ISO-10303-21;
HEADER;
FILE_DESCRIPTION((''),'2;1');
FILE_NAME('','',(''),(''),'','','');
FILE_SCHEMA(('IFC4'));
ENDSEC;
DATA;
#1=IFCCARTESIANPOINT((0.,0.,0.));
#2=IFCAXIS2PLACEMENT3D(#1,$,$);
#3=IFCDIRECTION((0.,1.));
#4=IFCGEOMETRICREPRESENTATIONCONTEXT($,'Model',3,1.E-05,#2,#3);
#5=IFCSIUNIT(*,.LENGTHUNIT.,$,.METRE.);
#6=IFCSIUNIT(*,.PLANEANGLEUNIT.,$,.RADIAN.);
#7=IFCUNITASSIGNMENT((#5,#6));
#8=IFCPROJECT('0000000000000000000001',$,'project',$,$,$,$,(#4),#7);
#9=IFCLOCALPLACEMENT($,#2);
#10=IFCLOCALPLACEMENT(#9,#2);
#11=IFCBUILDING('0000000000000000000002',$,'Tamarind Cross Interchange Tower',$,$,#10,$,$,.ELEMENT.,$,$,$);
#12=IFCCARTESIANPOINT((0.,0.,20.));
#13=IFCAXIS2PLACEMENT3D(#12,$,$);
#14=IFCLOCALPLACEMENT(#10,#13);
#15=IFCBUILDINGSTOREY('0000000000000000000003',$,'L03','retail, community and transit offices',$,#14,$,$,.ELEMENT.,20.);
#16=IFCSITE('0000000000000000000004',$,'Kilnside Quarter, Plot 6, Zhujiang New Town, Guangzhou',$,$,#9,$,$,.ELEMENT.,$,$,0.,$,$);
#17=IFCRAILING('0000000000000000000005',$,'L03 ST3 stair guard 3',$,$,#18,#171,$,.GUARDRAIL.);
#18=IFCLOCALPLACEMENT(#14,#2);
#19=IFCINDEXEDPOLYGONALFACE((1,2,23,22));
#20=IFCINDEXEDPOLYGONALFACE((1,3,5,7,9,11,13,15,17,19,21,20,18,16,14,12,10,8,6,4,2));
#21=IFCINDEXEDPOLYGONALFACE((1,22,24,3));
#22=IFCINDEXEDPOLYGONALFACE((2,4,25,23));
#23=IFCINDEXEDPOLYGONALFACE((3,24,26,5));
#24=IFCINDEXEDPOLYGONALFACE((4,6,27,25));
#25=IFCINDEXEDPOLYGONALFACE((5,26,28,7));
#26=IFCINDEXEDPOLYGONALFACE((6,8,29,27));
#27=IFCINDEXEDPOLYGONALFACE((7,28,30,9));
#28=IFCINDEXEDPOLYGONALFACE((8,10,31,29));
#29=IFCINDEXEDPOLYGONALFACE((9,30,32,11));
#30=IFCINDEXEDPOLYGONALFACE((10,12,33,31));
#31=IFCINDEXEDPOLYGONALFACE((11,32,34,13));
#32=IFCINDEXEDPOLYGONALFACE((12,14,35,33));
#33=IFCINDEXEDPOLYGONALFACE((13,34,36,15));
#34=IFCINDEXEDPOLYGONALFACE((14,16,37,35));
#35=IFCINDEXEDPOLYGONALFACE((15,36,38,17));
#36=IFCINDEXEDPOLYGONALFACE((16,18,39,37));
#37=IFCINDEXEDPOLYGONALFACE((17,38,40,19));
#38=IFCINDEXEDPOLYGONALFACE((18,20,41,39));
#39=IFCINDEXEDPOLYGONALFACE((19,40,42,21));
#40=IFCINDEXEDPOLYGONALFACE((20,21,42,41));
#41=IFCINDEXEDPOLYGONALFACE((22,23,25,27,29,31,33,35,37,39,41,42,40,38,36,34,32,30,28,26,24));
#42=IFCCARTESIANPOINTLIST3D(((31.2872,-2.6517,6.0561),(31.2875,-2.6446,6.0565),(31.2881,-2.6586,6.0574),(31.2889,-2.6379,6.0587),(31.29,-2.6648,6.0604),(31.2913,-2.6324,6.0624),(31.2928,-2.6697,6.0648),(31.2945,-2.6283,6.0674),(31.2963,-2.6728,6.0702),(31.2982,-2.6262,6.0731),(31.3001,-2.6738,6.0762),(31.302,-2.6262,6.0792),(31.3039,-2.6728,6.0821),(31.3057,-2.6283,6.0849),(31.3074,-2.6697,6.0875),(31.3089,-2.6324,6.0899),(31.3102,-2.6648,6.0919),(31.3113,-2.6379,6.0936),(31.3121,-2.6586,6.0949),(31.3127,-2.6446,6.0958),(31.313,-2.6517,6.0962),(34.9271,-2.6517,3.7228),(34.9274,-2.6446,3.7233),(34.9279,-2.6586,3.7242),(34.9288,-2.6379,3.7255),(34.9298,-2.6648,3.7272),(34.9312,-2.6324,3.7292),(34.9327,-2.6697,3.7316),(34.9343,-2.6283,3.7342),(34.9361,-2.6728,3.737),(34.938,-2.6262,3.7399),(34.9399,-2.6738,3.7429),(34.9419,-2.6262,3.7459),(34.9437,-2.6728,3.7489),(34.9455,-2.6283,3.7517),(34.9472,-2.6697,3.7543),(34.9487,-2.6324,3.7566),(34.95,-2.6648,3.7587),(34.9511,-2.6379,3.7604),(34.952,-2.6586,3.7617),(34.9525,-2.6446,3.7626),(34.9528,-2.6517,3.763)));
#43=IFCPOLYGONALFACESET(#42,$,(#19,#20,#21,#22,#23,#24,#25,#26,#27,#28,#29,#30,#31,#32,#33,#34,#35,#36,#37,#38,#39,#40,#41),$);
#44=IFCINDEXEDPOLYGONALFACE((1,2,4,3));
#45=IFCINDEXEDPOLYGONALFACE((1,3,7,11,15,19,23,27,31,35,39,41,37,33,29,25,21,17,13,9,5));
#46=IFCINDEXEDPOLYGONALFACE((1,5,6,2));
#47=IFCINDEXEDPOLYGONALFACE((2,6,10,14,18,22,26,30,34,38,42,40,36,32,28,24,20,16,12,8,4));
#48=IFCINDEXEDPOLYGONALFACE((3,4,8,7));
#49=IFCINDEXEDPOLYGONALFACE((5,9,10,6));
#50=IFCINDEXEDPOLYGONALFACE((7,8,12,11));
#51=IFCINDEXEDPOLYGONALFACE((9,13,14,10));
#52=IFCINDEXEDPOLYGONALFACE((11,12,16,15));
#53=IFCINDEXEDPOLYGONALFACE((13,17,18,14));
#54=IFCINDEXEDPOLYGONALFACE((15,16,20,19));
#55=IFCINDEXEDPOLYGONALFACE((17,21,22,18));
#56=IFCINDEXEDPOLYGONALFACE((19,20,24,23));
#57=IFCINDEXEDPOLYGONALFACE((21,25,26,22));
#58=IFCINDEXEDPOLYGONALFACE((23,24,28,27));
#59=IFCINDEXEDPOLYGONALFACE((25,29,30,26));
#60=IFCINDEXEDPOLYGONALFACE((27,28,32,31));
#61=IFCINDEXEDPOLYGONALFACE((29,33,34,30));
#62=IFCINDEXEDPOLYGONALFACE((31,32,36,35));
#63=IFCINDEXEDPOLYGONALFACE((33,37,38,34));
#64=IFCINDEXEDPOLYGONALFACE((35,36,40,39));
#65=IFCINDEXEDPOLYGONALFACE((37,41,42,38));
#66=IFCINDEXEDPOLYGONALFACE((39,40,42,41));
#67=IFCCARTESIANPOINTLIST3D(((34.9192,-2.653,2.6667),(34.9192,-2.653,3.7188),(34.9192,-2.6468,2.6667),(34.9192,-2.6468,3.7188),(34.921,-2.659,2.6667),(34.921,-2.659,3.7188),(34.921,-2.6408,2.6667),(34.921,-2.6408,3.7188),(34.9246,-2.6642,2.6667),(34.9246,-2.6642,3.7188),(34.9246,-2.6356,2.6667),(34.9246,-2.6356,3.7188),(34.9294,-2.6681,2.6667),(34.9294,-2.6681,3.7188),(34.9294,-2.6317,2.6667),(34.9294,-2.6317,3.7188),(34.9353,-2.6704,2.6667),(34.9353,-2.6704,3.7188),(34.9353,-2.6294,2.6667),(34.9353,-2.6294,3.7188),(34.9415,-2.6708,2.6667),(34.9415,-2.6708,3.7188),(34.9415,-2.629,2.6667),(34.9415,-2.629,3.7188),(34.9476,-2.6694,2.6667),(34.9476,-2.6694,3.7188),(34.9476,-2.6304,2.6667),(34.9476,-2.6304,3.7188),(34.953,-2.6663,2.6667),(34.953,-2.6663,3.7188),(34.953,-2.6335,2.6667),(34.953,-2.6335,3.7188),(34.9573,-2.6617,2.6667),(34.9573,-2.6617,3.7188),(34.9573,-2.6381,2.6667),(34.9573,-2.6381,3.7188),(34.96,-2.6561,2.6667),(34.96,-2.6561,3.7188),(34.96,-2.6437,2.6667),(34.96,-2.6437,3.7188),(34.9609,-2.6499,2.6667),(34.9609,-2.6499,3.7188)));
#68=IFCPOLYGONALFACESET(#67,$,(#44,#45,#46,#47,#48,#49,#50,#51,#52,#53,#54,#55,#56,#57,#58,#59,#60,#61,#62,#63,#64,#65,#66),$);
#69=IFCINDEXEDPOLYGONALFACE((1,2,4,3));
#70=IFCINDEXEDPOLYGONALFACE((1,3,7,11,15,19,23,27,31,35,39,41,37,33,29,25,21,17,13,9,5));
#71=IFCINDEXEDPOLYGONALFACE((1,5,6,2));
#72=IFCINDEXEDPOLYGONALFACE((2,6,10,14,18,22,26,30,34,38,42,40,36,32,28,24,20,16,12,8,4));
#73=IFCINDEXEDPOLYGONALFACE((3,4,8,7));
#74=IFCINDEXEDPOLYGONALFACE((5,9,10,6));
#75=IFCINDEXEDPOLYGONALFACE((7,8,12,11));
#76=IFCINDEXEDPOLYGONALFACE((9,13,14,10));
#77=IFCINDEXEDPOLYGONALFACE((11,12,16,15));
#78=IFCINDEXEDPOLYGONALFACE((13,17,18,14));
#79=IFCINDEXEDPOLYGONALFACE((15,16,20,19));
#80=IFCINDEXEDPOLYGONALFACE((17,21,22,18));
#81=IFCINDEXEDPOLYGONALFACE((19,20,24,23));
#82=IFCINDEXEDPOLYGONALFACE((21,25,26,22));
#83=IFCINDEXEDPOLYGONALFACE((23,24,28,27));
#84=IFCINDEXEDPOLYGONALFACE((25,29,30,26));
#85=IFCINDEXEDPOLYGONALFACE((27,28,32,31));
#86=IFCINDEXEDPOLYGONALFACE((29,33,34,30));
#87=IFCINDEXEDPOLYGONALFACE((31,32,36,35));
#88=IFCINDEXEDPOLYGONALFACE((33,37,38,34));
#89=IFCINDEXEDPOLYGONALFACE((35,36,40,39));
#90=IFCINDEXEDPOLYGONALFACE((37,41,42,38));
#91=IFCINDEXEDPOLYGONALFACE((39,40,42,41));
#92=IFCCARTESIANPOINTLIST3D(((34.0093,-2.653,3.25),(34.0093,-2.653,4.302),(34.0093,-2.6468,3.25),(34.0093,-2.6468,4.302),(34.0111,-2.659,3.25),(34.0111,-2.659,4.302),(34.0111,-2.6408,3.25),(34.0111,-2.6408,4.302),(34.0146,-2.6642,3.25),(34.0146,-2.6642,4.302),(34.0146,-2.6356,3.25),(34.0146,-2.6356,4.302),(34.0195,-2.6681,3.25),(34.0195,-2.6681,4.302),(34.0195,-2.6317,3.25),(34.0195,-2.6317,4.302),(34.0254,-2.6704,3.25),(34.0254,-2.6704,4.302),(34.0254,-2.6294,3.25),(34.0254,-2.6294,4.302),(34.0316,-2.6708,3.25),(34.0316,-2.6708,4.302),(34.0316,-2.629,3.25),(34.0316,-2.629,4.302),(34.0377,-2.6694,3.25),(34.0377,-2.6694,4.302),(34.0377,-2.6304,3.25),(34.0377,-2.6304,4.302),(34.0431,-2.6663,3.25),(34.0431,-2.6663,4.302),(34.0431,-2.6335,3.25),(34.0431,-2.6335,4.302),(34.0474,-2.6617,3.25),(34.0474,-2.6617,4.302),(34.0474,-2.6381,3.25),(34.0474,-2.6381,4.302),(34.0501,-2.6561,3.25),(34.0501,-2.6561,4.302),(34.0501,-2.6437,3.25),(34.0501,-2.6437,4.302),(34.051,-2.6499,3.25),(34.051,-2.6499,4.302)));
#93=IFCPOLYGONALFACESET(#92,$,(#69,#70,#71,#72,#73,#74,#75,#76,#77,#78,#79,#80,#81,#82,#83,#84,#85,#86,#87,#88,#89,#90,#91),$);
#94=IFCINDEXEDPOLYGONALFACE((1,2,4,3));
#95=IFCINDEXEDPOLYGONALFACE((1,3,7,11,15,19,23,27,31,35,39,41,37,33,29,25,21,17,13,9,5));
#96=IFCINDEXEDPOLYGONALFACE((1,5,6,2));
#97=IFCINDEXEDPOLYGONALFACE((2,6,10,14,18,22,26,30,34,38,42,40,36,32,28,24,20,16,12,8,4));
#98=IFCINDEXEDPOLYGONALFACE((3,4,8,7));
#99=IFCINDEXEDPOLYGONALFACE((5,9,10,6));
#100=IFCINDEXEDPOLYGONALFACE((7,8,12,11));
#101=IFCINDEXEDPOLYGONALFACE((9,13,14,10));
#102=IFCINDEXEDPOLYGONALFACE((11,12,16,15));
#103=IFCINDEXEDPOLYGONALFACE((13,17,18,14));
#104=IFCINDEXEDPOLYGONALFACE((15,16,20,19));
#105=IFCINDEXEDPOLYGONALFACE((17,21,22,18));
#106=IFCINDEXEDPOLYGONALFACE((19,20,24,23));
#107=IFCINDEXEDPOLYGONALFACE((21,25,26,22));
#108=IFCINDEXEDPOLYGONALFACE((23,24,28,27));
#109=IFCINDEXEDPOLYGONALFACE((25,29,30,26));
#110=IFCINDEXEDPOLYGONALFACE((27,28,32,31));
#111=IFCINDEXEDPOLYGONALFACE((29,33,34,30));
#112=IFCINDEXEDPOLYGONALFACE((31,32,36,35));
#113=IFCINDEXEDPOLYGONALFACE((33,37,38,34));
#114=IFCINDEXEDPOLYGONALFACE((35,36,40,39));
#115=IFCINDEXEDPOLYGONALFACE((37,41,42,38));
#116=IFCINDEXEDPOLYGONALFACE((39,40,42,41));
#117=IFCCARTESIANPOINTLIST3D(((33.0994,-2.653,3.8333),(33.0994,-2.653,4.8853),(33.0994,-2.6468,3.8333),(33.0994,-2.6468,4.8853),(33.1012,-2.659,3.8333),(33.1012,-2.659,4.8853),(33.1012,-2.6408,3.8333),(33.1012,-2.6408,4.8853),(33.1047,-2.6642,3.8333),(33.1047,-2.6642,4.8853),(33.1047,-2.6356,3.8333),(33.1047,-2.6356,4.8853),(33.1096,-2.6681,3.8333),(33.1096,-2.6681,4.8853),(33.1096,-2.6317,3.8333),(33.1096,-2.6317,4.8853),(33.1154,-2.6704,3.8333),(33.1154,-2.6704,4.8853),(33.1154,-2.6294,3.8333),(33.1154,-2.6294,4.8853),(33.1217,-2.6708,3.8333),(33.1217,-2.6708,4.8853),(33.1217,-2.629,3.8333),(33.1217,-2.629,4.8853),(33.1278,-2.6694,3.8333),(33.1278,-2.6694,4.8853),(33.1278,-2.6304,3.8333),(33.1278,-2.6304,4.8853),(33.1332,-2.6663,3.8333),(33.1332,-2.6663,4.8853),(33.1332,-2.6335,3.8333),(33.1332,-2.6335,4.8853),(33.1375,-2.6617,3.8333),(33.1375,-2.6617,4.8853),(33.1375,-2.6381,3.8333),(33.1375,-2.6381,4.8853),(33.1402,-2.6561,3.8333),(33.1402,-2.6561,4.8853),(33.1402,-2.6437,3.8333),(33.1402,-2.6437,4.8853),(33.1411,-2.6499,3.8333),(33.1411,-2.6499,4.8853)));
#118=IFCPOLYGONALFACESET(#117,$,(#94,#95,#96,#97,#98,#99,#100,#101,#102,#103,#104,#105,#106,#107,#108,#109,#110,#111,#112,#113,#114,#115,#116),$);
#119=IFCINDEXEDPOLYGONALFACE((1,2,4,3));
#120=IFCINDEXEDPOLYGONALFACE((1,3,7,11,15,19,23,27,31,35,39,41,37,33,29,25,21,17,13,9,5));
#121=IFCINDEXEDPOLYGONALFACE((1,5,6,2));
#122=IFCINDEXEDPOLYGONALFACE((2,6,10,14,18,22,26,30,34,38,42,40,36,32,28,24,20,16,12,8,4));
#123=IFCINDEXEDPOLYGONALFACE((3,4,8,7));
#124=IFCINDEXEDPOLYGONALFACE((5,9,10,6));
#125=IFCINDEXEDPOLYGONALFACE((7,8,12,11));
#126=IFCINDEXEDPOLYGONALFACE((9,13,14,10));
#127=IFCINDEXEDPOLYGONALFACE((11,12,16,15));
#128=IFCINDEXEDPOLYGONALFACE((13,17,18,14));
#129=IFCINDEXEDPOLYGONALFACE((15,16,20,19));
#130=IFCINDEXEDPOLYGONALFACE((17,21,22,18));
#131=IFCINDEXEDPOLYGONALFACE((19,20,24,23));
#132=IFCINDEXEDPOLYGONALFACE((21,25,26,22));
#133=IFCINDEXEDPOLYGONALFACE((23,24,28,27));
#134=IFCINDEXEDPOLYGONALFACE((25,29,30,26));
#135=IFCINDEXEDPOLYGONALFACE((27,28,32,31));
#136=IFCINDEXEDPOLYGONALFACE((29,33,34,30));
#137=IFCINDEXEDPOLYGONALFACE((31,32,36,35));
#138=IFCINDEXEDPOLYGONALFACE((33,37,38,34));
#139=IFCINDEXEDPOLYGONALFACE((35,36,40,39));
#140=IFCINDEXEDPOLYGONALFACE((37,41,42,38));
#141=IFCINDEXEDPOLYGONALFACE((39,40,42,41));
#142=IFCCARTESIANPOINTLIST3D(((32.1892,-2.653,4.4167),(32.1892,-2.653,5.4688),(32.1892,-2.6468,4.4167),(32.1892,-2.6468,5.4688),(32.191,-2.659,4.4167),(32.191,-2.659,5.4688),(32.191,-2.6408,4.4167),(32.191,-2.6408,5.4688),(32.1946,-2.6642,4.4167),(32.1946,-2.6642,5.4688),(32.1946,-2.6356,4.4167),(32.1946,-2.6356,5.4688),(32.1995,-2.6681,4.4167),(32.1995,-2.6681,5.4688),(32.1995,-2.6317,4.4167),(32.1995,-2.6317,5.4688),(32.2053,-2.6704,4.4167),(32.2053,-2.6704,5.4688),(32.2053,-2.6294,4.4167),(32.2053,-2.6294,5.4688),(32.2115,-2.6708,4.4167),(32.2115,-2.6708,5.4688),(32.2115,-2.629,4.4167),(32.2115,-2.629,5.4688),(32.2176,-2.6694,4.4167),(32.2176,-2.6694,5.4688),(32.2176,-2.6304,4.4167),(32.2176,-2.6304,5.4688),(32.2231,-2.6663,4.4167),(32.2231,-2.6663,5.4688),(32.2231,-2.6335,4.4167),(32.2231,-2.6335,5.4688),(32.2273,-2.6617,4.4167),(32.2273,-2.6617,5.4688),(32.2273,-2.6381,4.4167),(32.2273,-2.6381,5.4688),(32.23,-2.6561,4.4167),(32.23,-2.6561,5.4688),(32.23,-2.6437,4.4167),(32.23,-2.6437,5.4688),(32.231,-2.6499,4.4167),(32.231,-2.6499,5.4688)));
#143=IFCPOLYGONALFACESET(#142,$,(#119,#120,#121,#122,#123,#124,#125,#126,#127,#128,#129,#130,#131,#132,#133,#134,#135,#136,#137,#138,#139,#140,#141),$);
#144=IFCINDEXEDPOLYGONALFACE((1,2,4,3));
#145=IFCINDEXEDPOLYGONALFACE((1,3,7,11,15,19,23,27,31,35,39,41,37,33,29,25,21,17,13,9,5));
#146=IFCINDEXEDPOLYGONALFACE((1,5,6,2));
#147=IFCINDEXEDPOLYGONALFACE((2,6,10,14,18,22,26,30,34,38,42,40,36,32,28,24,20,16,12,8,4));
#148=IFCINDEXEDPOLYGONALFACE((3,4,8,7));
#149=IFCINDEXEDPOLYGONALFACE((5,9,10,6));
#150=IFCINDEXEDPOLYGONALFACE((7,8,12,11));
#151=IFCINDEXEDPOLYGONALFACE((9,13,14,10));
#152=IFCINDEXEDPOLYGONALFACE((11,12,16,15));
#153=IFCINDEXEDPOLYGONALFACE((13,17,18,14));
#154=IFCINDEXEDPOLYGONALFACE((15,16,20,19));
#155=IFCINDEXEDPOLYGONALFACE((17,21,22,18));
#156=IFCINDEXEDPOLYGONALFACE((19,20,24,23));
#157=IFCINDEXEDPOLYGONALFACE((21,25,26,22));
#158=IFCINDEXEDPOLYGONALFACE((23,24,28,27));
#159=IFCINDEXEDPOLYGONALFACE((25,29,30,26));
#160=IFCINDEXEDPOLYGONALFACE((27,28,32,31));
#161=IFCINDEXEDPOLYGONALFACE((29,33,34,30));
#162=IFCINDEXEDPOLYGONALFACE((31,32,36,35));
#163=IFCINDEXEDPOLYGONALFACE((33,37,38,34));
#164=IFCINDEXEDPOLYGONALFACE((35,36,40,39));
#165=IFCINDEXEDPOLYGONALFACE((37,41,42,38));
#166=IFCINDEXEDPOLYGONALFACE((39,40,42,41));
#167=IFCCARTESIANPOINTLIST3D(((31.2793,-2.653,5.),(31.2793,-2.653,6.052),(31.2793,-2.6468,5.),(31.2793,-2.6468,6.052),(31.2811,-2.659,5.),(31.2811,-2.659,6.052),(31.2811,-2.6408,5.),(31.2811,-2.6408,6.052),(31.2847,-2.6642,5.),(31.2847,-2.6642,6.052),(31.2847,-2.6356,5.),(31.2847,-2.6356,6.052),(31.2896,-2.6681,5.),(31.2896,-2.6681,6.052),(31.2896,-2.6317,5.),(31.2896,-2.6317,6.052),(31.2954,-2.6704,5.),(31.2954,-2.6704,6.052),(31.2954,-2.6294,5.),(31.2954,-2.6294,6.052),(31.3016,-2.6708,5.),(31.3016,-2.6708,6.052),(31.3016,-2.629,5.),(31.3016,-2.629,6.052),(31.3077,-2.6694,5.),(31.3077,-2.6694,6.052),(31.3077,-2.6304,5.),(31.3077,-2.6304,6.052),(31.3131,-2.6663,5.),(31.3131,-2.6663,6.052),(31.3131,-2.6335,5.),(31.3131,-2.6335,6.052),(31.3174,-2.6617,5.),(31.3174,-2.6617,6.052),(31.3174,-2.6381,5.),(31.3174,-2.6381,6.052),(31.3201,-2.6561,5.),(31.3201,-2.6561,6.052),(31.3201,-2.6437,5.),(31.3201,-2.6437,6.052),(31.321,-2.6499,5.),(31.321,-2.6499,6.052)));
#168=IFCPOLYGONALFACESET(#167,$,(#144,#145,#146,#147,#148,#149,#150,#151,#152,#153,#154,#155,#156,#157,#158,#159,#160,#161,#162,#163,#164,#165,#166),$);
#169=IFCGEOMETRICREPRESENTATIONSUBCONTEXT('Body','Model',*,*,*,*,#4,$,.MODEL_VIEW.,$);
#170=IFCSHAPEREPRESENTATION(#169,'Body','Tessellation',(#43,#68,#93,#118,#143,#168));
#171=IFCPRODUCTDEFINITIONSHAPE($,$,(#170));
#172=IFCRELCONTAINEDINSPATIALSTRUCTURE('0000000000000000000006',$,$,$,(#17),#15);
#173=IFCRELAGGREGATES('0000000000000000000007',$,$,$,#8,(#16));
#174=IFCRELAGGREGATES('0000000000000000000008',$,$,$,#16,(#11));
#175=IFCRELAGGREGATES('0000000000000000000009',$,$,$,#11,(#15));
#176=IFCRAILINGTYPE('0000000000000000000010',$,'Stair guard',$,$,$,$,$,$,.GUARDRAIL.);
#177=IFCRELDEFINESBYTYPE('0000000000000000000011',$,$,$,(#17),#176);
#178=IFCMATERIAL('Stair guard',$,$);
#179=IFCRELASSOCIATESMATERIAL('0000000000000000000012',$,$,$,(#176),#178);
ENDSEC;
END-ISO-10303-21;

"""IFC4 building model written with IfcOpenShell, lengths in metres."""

from ifc_helpers import new_model, si_unit, direction, frame, origin, origin_2d, place, context, subcontext, project, spatial, circle, extrude, material, type_object, element, save


model = new_model("IFC4")

# Units and contexts
model_context = context("Model", 3, precision=1e-05, world=origin(), true_north=direction((0.0, 1.0)))
body_context = subcontext(model_context, "Body", "Model", "MODEL_VIEW")
ifc_project = project(units=[si_unit("LENGTHUNIT", "METRE"), si_unit("PLANEANGLEUNIT", "RADIAN")], contexts=[model_context])

# Site, building, storey
site_placement = place(None, origin())
site = spatial("IfcSite", under=ifc_project, at=site_placement, Name="Kilnside Quarter, Plot 6, Zhujiang New Town, Guangzhou", CompositionType="ELEMENT", RefElevation=0.0)
building_placement = place(site_placement, origin())
building = spatial("IfcBuilding", under=site, at=building_placement, Name="Tamarind Cross Interchange Tower", CompositionType="ELEMENT")
storey_placement = place(building_placement, frame((0.0, 0.0, 20.0)))
storey = spatial("IfcBuildingStorey", under=building, at=storey_placement, Name="L03", Description="retail, community and transit offices", CompositionType="ELEMENT", Elevation=20.0)

# Railing
ifc_material_1 = material(Name="Stair guard")
railing_type_1 = type_object("IfcRailingType", Name="Stair guard", PredefinedType="GUARDRAIL", material=ifc_material_1)
railing_1_placement = place(storey_placement, frame((34.9399, -2.6499, 2.6667)))
element("IfcRailing", 1, at=railing_1_placement, inside=storey, type_object=railing_type_1, Name="L03 ST3 stair guard 3", PredefinedType="GUARDRAIL", context=body_context, shape_type="SweptSolid", body=[
    extrude(circle(Radius=0.0239, at=origin_2d()), frame((0.0, 0.0, 1.0762), z_axis=(-0.84188, 0.0, 0.539664), x_axis=(0.0, -1.0, 0.0)), (0.0, 0.0, 1.0), 4.3235),
    extrude(circle(Radius=0.021, at=origin_2d()), origin(), (0.0, 0.0, 1.0), 1.052),
    extrude(circle(Radius=0.021, at=origin_2d()), frame((-0.9099, 0.0, 0.5833)), (0.0, 0.0, 1.0), 1.052),
    extrude(circle(Radius=0.021, at=origin_2d()), frame((-1.8198, 0.0, 1.1665)), (0.0, 0.0, 1.0), 1.052),
    extrude(circle(Radius=0.021, at=origin_2d()), frame((-2.73, 0.0, 1.75)), (0.0, 0.0, 1.0), 1.052),
    extrude(circle(Radius=0.021, at=origin_2d()), frame((-3.6399, 0.0, 2.3333)), (0.0, 0.0, 1.0), 1.052),
])

save(model, "model.ifc")
